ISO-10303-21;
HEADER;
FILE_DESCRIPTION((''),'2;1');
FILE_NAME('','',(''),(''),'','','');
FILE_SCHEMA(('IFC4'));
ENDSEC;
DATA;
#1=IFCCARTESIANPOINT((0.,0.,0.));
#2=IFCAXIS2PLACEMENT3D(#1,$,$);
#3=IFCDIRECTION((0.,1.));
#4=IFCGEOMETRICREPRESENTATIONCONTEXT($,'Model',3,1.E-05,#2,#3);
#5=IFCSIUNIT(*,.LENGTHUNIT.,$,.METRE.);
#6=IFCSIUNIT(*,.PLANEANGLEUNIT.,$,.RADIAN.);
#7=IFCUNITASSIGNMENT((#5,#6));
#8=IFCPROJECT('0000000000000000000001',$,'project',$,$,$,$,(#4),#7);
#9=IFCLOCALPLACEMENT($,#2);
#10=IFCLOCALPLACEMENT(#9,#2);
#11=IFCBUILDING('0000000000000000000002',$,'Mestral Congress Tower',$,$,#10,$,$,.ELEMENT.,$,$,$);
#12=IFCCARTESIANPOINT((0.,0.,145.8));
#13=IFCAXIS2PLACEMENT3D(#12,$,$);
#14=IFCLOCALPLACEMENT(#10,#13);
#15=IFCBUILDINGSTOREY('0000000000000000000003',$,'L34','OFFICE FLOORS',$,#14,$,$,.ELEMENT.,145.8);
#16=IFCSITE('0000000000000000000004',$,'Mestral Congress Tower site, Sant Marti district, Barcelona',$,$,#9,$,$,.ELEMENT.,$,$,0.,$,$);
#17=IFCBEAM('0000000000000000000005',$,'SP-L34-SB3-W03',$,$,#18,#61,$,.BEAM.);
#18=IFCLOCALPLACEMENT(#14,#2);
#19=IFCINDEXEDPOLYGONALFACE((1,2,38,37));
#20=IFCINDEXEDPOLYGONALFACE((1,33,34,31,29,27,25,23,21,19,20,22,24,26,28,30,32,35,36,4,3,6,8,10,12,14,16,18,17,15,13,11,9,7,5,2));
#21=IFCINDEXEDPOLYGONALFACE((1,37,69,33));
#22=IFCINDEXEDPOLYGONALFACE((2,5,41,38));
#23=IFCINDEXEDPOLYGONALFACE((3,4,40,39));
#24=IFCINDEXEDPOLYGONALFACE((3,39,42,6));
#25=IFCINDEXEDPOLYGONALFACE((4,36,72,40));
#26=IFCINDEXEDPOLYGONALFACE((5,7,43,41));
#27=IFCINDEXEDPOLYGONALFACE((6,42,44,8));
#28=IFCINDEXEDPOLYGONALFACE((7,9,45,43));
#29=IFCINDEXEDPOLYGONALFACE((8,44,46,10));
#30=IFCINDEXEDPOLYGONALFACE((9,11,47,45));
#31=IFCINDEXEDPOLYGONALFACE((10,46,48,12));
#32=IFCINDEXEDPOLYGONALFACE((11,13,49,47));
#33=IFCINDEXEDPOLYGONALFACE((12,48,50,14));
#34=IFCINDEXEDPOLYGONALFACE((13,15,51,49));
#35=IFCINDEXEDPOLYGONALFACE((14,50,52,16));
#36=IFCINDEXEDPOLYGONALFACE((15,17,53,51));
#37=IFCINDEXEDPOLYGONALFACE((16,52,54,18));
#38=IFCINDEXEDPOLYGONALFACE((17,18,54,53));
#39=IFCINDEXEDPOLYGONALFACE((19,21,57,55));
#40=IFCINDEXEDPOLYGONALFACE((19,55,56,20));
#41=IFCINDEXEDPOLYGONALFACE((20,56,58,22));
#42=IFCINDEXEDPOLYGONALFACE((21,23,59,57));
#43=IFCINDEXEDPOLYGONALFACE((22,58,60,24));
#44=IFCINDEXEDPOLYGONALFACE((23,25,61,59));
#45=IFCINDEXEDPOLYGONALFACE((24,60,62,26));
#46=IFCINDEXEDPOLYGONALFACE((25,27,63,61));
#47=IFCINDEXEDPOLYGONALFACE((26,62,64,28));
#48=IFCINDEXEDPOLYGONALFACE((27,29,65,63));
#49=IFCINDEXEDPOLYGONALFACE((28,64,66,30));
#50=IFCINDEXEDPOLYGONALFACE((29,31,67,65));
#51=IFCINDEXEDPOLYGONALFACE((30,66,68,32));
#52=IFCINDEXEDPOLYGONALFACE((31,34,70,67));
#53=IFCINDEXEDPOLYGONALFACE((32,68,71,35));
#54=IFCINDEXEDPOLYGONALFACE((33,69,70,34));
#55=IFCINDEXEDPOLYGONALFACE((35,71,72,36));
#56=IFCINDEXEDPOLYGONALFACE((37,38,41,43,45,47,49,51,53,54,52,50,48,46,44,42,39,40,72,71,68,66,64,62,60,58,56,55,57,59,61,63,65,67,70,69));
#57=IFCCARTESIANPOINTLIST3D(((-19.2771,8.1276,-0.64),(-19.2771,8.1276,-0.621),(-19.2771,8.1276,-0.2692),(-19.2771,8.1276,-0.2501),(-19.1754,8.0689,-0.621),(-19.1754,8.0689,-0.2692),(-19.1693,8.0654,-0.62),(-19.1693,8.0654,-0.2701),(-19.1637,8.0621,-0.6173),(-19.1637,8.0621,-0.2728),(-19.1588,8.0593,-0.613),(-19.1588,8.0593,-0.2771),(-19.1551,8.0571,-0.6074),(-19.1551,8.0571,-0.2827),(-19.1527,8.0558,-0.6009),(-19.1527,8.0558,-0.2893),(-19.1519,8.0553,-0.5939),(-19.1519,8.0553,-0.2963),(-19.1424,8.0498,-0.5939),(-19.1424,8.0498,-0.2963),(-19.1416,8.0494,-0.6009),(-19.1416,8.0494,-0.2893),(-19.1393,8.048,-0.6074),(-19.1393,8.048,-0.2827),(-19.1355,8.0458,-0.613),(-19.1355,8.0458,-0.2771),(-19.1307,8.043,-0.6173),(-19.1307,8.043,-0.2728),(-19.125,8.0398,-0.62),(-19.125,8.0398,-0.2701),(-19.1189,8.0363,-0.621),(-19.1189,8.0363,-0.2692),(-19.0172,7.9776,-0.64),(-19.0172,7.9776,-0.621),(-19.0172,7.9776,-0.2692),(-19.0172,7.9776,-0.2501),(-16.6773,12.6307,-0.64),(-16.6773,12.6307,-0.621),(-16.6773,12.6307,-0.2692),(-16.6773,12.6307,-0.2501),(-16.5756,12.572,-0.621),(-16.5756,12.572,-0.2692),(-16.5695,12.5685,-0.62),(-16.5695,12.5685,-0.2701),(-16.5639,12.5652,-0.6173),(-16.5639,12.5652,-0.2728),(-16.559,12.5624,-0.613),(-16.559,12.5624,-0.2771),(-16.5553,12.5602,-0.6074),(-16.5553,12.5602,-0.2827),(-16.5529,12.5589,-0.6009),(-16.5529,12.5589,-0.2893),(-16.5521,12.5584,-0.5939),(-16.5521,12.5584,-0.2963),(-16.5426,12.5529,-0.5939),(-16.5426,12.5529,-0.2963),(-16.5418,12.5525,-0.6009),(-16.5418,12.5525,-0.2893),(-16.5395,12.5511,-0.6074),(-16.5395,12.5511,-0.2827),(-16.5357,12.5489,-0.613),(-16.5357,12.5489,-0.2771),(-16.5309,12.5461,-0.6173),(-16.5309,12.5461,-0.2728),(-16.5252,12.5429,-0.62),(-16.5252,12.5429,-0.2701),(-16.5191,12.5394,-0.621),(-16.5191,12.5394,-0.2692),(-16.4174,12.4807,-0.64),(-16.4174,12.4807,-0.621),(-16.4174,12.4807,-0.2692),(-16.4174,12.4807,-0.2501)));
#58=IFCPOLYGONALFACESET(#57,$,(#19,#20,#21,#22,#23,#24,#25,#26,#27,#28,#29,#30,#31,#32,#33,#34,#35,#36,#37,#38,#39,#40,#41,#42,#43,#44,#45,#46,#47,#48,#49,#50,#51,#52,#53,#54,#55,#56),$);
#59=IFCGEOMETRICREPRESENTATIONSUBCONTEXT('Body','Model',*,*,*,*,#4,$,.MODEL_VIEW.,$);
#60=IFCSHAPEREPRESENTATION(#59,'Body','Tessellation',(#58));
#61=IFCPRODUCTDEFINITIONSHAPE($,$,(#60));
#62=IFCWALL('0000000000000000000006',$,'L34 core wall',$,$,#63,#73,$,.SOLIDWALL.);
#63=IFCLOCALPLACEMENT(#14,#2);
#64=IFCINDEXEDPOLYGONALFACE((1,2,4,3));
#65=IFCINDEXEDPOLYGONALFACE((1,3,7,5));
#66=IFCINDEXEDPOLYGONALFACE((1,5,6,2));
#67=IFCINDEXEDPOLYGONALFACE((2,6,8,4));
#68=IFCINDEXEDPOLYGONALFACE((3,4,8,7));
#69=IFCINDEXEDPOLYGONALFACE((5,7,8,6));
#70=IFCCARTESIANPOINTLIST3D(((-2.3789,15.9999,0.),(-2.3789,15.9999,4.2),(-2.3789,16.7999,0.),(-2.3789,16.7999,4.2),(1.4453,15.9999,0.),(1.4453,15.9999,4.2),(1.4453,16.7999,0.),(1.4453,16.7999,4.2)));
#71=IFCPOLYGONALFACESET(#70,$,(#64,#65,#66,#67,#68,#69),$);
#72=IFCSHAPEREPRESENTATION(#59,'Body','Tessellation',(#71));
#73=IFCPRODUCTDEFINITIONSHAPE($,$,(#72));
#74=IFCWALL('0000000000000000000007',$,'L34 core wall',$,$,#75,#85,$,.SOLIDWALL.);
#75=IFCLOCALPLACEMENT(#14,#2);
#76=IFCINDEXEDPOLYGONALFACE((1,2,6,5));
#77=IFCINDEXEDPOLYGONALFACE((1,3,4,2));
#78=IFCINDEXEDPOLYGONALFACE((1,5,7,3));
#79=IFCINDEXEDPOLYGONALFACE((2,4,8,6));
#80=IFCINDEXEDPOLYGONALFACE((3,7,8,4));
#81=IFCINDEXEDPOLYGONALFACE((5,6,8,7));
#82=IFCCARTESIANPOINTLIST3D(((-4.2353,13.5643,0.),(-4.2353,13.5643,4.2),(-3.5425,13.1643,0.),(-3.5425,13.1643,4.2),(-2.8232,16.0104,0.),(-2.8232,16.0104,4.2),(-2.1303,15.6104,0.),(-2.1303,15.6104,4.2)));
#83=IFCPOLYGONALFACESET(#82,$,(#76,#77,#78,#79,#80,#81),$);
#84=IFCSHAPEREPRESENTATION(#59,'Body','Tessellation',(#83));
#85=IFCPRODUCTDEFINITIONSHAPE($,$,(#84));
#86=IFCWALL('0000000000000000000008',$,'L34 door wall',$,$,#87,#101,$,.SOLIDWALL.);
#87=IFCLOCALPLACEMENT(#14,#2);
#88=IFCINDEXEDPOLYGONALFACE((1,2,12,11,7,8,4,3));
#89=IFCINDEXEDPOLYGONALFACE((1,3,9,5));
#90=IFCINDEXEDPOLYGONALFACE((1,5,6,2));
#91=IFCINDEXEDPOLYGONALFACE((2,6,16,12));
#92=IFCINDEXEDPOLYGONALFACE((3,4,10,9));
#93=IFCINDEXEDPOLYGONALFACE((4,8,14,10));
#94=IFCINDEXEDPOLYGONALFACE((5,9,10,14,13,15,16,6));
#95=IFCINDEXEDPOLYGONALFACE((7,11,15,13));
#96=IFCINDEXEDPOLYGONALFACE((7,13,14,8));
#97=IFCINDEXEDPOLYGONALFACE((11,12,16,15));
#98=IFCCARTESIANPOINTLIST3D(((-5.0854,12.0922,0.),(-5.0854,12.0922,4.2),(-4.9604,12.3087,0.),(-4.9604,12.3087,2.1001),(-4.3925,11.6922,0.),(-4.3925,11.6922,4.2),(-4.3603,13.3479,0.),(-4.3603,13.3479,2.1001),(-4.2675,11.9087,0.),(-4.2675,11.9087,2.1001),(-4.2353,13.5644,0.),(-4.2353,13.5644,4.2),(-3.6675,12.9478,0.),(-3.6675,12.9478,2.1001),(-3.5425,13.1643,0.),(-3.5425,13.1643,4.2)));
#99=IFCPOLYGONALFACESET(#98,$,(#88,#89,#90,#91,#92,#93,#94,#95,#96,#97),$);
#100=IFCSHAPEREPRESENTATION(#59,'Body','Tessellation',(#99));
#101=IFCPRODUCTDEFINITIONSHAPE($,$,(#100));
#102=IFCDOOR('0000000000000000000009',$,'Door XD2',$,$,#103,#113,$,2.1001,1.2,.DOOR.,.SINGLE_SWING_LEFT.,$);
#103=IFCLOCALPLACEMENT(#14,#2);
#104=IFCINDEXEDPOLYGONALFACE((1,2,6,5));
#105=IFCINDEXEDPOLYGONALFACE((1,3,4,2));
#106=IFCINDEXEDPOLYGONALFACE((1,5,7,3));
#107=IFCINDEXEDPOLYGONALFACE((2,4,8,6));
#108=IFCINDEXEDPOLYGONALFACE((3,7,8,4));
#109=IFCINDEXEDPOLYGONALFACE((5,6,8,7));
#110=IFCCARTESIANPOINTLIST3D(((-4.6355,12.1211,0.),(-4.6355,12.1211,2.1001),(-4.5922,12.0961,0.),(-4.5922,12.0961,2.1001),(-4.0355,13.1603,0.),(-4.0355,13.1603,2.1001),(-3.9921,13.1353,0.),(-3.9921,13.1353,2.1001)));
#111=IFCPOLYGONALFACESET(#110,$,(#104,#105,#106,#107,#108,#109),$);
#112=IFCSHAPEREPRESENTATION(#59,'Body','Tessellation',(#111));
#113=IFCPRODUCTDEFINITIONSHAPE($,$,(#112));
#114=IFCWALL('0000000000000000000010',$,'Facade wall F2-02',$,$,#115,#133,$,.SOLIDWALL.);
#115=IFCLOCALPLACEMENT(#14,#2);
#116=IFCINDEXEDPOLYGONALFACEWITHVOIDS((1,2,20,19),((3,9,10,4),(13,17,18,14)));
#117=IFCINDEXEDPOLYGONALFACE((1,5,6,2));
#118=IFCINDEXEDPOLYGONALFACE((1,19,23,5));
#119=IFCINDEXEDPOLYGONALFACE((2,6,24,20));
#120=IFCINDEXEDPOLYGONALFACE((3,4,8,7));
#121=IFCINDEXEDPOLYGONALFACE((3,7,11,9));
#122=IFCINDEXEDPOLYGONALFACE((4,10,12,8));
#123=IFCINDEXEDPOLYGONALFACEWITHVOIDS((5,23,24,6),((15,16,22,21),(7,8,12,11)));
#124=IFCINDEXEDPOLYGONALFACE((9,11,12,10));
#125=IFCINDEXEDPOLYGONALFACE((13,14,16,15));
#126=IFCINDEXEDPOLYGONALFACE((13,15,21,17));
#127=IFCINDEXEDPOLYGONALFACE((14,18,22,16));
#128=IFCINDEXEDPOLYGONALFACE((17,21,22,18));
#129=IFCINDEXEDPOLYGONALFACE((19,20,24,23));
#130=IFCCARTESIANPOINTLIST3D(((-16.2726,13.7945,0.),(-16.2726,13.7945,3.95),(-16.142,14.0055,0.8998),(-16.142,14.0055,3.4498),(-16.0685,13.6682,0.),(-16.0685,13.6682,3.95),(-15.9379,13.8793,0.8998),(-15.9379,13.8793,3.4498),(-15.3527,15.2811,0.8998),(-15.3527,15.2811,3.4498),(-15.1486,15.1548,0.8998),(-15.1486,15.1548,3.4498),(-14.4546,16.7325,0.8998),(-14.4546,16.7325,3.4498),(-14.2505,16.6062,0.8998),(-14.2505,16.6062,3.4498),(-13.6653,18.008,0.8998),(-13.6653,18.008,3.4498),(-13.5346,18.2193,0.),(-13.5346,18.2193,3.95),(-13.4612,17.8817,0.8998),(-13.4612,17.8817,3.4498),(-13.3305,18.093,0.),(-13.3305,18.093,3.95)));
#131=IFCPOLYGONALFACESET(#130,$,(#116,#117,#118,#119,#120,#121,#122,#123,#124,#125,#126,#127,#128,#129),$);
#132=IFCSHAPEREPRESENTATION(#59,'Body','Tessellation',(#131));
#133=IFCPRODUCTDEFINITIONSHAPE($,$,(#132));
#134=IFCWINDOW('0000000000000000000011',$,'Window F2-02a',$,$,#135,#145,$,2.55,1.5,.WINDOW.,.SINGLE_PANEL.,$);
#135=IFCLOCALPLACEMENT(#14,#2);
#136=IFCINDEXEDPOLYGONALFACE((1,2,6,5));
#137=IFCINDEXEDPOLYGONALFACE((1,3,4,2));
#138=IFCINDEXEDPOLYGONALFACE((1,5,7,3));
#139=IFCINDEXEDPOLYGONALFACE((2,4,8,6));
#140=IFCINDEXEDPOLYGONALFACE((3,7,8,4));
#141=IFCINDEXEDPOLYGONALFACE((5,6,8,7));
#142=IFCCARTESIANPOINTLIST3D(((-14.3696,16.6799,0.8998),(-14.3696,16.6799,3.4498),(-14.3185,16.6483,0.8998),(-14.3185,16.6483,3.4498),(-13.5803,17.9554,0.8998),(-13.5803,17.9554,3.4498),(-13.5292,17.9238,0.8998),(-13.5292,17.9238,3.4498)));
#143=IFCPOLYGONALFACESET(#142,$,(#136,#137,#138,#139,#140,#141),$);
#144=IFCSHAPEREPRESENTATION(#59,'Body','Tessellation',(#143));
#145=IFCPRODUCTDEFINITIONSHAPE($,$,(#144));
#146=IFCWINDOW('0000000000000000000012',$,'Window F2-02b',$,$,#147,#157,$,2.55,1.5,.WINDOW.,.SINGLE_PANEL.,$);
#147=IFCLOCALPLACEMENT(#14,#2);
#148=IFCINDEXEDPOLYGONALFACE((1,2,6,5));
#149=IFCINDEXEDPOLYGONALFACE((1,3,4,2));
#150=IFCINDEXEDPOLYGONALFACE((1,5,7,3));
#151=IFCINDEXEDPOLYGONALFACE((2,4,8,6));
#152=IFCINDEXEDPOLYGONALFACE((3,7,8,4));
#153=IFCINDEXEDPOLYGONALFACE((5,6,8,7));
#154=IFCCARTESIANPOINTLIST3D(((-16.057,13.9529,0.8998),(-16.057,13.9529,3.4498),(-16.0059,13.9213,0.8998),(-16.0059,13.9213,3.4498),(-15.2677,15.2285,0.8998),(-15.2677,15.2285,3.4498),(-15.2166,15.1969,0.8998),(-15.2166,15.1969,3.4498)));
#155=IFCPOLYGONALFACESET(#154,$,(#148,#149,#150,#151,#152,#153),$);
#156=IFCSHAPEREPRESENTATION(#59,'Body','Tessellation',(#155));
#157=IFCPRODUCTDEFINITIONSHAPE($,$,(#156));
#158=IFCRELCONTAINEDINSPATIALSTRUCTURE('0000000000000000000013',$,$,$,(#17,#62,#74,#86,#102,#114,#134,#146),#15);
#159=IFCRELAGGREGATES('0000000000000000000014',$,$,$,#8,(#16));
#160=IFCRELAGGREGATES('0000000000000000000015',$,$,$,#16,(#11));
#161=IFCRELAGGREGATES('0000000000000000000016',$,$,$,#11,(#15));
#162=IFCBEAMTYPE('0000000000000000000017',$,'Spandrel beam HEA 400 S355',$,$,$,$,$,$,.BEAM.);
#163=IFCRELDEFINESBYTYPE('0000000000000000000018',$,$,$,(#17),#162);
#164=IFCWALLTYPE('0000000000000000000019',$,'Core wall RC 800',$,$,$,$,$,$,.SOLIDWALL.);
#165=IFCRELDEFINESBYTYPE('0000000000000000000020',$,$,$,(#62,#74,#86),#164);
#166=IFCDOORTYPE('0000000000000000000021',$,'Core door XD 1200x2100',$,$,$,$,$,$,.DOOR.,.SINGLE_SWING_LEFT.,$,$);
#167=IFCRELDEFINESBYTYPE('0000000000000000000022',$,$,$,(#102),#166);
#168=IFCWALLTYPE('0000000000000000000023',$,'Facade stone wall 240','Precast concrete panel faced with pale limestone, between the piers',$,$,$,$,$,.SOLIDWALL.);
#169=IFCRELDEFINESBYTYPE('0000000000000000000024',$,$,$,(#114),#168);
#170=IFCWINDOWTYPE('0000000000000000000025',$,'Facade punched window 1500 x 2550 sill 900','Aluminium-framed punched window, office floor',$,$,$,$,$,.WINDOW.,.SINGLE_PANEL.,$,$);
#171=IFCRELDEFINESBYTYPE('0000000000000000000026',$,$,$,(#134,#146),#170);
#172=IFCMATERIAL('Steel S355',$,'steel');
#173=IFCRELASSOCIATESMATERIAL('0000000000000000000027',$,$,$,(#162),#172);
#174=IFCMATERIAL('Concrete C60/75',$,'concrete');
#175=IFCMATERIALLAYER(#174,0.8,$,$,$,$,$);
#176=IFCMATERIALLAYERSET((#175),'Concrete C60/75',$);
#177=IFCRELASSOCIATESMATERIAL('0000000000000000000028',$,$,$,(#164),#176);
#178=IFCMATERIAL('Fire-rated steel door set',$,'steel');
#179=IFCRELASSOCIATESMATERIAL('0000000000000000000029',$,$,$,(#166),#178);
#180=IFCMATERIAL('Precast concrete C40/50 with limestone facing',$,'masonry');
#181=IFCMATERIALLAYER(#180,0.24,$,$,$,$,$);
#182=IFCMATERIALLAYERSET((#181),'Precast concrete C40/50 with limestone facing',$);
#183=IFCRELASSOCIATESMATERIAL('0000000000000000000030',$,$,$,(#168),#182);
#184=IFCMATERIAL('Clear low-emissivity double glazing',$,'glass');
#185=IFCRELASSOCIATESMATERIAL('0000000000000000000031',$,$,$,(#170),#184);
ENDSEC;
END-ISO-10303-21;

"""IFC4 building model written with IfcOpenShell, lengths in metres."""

from ifc_helpers import new_model, si_unit, direction, frame, frame_2d, origin, origin_2d, place, context, subcontext, project, spatial, rectangle, i_section, extrude, material, layer, layer_set, material_profile, profile_set, type_object, element, fill, save


model = new_model("IFC4")

# Units and contexts
model_context = context("Model", 3, precision=1e-05, world=origin(), true_north=direction((0.0, 1.0)))
body_context = subcontext(model_context, "Body", "Model", "MODEL_VIEW")
ifc_project = project(units=[si_unit("LENGTHUNIT", "METRE"), si_unit("PLANEANGLEUNIT", "RADIAN")], contexts=[model_context])

# Site, building, storey
site_placement = place(None, origin())
site = spatial("IfcSite", under=ifc_project, at=site_placement, Name="Mestral Congress Tower site, Sant Marti district, Barcelona", CompositionType="ELEMENT", RefElevation=0.0)
building_placement = place(site_placement, origin())
building = spatial("IfcBuilding", under=site, at=building_placement, Name="Mestral Congress Tower", CompositionType="ELEMENT")
storey_placement = place(building_placement, frame((0.0, 0.0, 145.8)))
storey = spatial("IfcBuildingStorey", under=building, at=storey_placement, Name="L34", Description="OFFICE FLOORS", CompositionType="ELEMENT", Elevation=145.8)

# Shared definitions
ifc_material_1 = material(Name="Concrete C60/75", Category="concrete")

# Beam
ifc_material_2 = material(Name="Steel S355", Category="steel")
ifc_material_profile_1 = material_profile(ifc_material_2, i_section(OverallWidth=0.3, OverallDepth=0.3899, WebThickness=0.011, FlangeThickness=0.019, FilletRadius=0.0271, at=origin_2d()), Name="HEA 400")
ifc_profile_set_1 = profile_set([ifc_material_profile_1], Name="Steel S355")
beam_type_1 = type_object("IfcBeamType", Name="Spandrel beam HEA 400 S355", PredefinedType="BEAM", material=ifc_profile_set_1)
beam_1_placement = place(storey_placement, frame((-16.5474, 12.5557, -0.4451), z_axis=(-0.499992, -0.86603, 0.0), x_axis=(0.86603, -0.499992, 0.0)))
element("IfcBeam", 1, at=beam_1_placement, inside=storey, type_object=beam_type_1, Name="SP-L34-SB3-W03", PredefinedType="BEAM", context=body_context, shape_type="SweptSolid", body=[
    extrude(i_section(OverallWidth=0.3, OverallDepth=0.3899, WebThickness=0.011, FlangeThickness=0.019, FilletRadius=0.0271, at=origin_2d()), origin(), (0.0, 0.0, 1.0), 5.1997),
])

# Walls
ifc_layer_1 = layer(ifc_material_1, 0.8)
ifc_layer_set_1 = layer_set([ifc_layer_1], Name="Concrete C60/75")
wall_type_1 = type_object("IfcWallType", Name="Core wall RC 800", PredefinedType="SOLIDWALL", material=ifc_layer_set_1)
wall_1_placement = place(storey_placement, frame((-2.3789, 16.3999, 0.0), z_axis=(0.0, 0.0, 1.0), x_axis=(1.0, 0.0, 0.0)))
element("IfcWall", 2, at=wall_1_placement, inside=storey, type_object=wall_type_1, Name="L34 core wall", PredefinedType="SOLIDWALL", context=body_context, shape_type="SweptSolid", body=[
    extrude(rectangle(XDim=3.8242, YDim=0.8, at=frame_2d((1.9121, 0.0))), origin(), (0.0, 0.0, 1.0), 4.2),
])
wall_2_placement = place(storey_placement, frame((-2.4768, 15.8103, 0.0), z_axis=(0.0, 0.0, 1.0), x_axis=(-0.499969, -0.866043, 0.0)))
element("IfcWall", 3, at=wall_2_placement, inside=storey, type_object=wall_type_1, Name="L34 core wall", PredefinedType="SOLIDWALL", context=body_context, shape_type="SweptSolid", body=[
    extrude(rectangle(XDim=2.8245, YDim=0.8, at=frame_2d((1.4121, 0.0))), origin(), (0.0, 0.0, 1.0), 4.2),
])

# Wall, opening, door
wall_3_placement = place(storey_placement, frame((-4.739, 11.8921, 0.0), z_axis=(0.0, 0.0, 1.0), x_axis=(0.500062, 0.865989, 0.0)))
wall_3 = element("IfcWall", 4, at=wall_3_placement, inside=storey, type_object=wall_type_1, Name="L34 door wall", PredefinedType="SOLIDWALL", context=body_context, shape_type="SweptSolid", body=[
    extrude(rectangle(XDim=1.7, YDim=0.8, at=frame_2d((0.8501, 0.0))), origin(), (0.0, 0.0, 1.0), 4.2),
])
opening_1_placement = place(wall_3_placement, frame((0.25, 0.0, 0.0)))
opening_1 = element("IfcOpeningElement", 5, at=opening_1_placement, cuts=wall_3, PredefinedType="OPENING", context=body_context, shape_type="SweptSolid", body=[
    extrude(rectangle(XDim=1.2, YDim=2.1001, at=frame_2d((0.6001, 1.05))), frame((0.0, 0.4099, 0.0), z_axis=(0.0, -1.0, 0.0), x_axis=(1.0, 0.0, 0.0)), (0.0, 0.0, 1.0), 0.8201),
])
ifc_material_3 = material(Name="Fire-rated steel door set", Category="steel")
door_type_1 = type_object("IfcDoorType", Name="Core door XD 1200x2100", OperationType="SINGLE_SWING_LEFT", PredefinedType="DOOR", material=ifc_material_3)
door_1_placement = place(opening_1_placement, origin())
door_1 = element("IfcDoor", 6, at=door_1_placement, inside=storey, type_object=door_type_1, Name="Door XD2", OperationType="SINGLE_SWING_LEFT", OverallHeight=2.1001, OverallWidth=1.2, PredefinedType="DOOR", context=body_context, shape_type="SweptSolid", body=[
    extrude(rectangle(XDim=1.2, YDim=2.1001, at=frame_2d((0.6001, 1.05))), frame((0.0, 0.0249, 0.0), z_axis=(0.0, -1.0, 0.0), x_axis=(1.0, 0.0, 0.0)), (0.0, 0.0, 1.0), 0.05),
])
fill(opening_1, door_1)

# Wall, openings, windows
ifc_material_4 = material(Name="Precast concrete C40/50 with limestone facing", Category="masonry")
ifc_layer_2 = layer(ifc_material_4, 0.24)
ifc_layer_set_2 = layer_set([ifc_layer_2], Name="Precast concrete C40/50 with limestone facing")
wall_type_2 = type_object("IfcWallType", Name="Facade stone wall 240", Description="Precast concrete panel faced with pale limestone, between the piers", PredefinedType="SOLIDWALL", material=ifc_layer_set_2)
wall_4_placement = place(storey_placement, frame((-13.4326, 18.156, 0.0), z_axis=(0.0, 0.0, 1.0), x_axis=(-0.526198, -0.850362, 0.0)))
wall_4 = element("IfcWall", 7, at=wall_4_placement, inside=storey, type_object=wall_type_2, Name="Facade wall F2-02", PredefinedType="SOLIDWALL", context=body_context, shape_type="SweptSolid", body=[
    extrude(rectangle(XDim=5.2034, YDim=0.24, at=frame_2d((2.6016, 0.0))), origin(), (0.0, 0.0, 1.0), 3.95),
])
opening_2_placement = place(wall_4_placement, frame((0.2483, 0.0, 0.8999)))
opening_2 = element("IfcOpeningElement", 8, at=opening_2_placement, cuts=wall_4, PredefinedType="OPENING", context=body_context, shape_type="SweptSolid", body=[
    extrude(rectangle(XDim=1.5, YDim=2.55, at=frame_2d((0.75, 1.2749))), frame((0.0, 0.1299, 0.0), z_axis=(0.0, -1.0, 0.0), x_axis=(1.0, 0.0, 0.0)), (0.0, 0.0, 1.0), 0.26),
])
opening_3_placement = place(wall_4_placement, frame((3.4551, 0.0, 0.8999)))
opening_3 = element("IfcOpeningElement", 9, at=opening_3_placement, cuts=wall_4, PredefinedType="OPENING", context=body_context, shape_type="SweptSolid", body=[
    extrude(rectangle(XDim=1.5, YDim=2.55, at=frame_2d((0.75, 1.2749))), frame((0.0, 0.1299, 0.0), z_axis=(0.0, -1.0, 0.0), x_axis=(1.0, 0.0, 0.0)), (0.0, 0.0, 1.0), 0.26),
])
ifc_material_5 = material(Name="Clear low-emissivity double glazing", Category="glass")
window_type = type_object("IfcWindowType", Name="Facade punched window 1500 x 2550 sill 900", Description="Aluminium-framed punched window, office floor", PartitioningType="SINGLE_PANEL", PredefinedType="WINDOW", material=ifc_material_5)
window_1_placement = place(opening_2_placement, origin())
window_1 = element("IfcWindow", 10, at=window_1_placement, inside=storey, type_object=window_type, Name="Window F2-02a", OverallHeight=2.55, OverallWidth=1.5, PartitioningType="SINGLE_PANEL", PredefinedType="WINDOW", context=body_context, shape_type="SweptSolid", body=[
    extrude(rectangle(XDim=1.5, YDim=2.55, at=frame_2d((0.75, 1.2749))), frame((0.0, 0.04, 0.0), z_axis=(0.0, -1.0, 0.0), x_axis=(1.0, 0.0, 0.0)), (0.0, 0.0, 1.0), 0.0601),
])
fill(opening_2, window_1)
window_2_placement = place(opening_3_placement, origin())
window_2 = element("IfcWindow", 11, at=window_2_placement, inside=storey, type_object=window_type, Name="Window F2-02b", OverallHeight=2.55, OverallWidth=1.5, PartitioningType="SINGLE_PANEL", PredefinedType="WINDOW", context=body_context, shape_type="SweptSolid", body=[
    extrude(rectangle(XDim=1.5, YDim=2.55, at=frame_2d((0.75, 1.2749))), frame((0.0, 0.04, 0.0), z_axis=(0.0, -1.0, 0.0), x_axis=(1.0, 0.0, 0.0)), (0.0, 0.0, 1.0), 0.0601),
])
fill(opening_3, window_2)

save(model, "model.ifc")
